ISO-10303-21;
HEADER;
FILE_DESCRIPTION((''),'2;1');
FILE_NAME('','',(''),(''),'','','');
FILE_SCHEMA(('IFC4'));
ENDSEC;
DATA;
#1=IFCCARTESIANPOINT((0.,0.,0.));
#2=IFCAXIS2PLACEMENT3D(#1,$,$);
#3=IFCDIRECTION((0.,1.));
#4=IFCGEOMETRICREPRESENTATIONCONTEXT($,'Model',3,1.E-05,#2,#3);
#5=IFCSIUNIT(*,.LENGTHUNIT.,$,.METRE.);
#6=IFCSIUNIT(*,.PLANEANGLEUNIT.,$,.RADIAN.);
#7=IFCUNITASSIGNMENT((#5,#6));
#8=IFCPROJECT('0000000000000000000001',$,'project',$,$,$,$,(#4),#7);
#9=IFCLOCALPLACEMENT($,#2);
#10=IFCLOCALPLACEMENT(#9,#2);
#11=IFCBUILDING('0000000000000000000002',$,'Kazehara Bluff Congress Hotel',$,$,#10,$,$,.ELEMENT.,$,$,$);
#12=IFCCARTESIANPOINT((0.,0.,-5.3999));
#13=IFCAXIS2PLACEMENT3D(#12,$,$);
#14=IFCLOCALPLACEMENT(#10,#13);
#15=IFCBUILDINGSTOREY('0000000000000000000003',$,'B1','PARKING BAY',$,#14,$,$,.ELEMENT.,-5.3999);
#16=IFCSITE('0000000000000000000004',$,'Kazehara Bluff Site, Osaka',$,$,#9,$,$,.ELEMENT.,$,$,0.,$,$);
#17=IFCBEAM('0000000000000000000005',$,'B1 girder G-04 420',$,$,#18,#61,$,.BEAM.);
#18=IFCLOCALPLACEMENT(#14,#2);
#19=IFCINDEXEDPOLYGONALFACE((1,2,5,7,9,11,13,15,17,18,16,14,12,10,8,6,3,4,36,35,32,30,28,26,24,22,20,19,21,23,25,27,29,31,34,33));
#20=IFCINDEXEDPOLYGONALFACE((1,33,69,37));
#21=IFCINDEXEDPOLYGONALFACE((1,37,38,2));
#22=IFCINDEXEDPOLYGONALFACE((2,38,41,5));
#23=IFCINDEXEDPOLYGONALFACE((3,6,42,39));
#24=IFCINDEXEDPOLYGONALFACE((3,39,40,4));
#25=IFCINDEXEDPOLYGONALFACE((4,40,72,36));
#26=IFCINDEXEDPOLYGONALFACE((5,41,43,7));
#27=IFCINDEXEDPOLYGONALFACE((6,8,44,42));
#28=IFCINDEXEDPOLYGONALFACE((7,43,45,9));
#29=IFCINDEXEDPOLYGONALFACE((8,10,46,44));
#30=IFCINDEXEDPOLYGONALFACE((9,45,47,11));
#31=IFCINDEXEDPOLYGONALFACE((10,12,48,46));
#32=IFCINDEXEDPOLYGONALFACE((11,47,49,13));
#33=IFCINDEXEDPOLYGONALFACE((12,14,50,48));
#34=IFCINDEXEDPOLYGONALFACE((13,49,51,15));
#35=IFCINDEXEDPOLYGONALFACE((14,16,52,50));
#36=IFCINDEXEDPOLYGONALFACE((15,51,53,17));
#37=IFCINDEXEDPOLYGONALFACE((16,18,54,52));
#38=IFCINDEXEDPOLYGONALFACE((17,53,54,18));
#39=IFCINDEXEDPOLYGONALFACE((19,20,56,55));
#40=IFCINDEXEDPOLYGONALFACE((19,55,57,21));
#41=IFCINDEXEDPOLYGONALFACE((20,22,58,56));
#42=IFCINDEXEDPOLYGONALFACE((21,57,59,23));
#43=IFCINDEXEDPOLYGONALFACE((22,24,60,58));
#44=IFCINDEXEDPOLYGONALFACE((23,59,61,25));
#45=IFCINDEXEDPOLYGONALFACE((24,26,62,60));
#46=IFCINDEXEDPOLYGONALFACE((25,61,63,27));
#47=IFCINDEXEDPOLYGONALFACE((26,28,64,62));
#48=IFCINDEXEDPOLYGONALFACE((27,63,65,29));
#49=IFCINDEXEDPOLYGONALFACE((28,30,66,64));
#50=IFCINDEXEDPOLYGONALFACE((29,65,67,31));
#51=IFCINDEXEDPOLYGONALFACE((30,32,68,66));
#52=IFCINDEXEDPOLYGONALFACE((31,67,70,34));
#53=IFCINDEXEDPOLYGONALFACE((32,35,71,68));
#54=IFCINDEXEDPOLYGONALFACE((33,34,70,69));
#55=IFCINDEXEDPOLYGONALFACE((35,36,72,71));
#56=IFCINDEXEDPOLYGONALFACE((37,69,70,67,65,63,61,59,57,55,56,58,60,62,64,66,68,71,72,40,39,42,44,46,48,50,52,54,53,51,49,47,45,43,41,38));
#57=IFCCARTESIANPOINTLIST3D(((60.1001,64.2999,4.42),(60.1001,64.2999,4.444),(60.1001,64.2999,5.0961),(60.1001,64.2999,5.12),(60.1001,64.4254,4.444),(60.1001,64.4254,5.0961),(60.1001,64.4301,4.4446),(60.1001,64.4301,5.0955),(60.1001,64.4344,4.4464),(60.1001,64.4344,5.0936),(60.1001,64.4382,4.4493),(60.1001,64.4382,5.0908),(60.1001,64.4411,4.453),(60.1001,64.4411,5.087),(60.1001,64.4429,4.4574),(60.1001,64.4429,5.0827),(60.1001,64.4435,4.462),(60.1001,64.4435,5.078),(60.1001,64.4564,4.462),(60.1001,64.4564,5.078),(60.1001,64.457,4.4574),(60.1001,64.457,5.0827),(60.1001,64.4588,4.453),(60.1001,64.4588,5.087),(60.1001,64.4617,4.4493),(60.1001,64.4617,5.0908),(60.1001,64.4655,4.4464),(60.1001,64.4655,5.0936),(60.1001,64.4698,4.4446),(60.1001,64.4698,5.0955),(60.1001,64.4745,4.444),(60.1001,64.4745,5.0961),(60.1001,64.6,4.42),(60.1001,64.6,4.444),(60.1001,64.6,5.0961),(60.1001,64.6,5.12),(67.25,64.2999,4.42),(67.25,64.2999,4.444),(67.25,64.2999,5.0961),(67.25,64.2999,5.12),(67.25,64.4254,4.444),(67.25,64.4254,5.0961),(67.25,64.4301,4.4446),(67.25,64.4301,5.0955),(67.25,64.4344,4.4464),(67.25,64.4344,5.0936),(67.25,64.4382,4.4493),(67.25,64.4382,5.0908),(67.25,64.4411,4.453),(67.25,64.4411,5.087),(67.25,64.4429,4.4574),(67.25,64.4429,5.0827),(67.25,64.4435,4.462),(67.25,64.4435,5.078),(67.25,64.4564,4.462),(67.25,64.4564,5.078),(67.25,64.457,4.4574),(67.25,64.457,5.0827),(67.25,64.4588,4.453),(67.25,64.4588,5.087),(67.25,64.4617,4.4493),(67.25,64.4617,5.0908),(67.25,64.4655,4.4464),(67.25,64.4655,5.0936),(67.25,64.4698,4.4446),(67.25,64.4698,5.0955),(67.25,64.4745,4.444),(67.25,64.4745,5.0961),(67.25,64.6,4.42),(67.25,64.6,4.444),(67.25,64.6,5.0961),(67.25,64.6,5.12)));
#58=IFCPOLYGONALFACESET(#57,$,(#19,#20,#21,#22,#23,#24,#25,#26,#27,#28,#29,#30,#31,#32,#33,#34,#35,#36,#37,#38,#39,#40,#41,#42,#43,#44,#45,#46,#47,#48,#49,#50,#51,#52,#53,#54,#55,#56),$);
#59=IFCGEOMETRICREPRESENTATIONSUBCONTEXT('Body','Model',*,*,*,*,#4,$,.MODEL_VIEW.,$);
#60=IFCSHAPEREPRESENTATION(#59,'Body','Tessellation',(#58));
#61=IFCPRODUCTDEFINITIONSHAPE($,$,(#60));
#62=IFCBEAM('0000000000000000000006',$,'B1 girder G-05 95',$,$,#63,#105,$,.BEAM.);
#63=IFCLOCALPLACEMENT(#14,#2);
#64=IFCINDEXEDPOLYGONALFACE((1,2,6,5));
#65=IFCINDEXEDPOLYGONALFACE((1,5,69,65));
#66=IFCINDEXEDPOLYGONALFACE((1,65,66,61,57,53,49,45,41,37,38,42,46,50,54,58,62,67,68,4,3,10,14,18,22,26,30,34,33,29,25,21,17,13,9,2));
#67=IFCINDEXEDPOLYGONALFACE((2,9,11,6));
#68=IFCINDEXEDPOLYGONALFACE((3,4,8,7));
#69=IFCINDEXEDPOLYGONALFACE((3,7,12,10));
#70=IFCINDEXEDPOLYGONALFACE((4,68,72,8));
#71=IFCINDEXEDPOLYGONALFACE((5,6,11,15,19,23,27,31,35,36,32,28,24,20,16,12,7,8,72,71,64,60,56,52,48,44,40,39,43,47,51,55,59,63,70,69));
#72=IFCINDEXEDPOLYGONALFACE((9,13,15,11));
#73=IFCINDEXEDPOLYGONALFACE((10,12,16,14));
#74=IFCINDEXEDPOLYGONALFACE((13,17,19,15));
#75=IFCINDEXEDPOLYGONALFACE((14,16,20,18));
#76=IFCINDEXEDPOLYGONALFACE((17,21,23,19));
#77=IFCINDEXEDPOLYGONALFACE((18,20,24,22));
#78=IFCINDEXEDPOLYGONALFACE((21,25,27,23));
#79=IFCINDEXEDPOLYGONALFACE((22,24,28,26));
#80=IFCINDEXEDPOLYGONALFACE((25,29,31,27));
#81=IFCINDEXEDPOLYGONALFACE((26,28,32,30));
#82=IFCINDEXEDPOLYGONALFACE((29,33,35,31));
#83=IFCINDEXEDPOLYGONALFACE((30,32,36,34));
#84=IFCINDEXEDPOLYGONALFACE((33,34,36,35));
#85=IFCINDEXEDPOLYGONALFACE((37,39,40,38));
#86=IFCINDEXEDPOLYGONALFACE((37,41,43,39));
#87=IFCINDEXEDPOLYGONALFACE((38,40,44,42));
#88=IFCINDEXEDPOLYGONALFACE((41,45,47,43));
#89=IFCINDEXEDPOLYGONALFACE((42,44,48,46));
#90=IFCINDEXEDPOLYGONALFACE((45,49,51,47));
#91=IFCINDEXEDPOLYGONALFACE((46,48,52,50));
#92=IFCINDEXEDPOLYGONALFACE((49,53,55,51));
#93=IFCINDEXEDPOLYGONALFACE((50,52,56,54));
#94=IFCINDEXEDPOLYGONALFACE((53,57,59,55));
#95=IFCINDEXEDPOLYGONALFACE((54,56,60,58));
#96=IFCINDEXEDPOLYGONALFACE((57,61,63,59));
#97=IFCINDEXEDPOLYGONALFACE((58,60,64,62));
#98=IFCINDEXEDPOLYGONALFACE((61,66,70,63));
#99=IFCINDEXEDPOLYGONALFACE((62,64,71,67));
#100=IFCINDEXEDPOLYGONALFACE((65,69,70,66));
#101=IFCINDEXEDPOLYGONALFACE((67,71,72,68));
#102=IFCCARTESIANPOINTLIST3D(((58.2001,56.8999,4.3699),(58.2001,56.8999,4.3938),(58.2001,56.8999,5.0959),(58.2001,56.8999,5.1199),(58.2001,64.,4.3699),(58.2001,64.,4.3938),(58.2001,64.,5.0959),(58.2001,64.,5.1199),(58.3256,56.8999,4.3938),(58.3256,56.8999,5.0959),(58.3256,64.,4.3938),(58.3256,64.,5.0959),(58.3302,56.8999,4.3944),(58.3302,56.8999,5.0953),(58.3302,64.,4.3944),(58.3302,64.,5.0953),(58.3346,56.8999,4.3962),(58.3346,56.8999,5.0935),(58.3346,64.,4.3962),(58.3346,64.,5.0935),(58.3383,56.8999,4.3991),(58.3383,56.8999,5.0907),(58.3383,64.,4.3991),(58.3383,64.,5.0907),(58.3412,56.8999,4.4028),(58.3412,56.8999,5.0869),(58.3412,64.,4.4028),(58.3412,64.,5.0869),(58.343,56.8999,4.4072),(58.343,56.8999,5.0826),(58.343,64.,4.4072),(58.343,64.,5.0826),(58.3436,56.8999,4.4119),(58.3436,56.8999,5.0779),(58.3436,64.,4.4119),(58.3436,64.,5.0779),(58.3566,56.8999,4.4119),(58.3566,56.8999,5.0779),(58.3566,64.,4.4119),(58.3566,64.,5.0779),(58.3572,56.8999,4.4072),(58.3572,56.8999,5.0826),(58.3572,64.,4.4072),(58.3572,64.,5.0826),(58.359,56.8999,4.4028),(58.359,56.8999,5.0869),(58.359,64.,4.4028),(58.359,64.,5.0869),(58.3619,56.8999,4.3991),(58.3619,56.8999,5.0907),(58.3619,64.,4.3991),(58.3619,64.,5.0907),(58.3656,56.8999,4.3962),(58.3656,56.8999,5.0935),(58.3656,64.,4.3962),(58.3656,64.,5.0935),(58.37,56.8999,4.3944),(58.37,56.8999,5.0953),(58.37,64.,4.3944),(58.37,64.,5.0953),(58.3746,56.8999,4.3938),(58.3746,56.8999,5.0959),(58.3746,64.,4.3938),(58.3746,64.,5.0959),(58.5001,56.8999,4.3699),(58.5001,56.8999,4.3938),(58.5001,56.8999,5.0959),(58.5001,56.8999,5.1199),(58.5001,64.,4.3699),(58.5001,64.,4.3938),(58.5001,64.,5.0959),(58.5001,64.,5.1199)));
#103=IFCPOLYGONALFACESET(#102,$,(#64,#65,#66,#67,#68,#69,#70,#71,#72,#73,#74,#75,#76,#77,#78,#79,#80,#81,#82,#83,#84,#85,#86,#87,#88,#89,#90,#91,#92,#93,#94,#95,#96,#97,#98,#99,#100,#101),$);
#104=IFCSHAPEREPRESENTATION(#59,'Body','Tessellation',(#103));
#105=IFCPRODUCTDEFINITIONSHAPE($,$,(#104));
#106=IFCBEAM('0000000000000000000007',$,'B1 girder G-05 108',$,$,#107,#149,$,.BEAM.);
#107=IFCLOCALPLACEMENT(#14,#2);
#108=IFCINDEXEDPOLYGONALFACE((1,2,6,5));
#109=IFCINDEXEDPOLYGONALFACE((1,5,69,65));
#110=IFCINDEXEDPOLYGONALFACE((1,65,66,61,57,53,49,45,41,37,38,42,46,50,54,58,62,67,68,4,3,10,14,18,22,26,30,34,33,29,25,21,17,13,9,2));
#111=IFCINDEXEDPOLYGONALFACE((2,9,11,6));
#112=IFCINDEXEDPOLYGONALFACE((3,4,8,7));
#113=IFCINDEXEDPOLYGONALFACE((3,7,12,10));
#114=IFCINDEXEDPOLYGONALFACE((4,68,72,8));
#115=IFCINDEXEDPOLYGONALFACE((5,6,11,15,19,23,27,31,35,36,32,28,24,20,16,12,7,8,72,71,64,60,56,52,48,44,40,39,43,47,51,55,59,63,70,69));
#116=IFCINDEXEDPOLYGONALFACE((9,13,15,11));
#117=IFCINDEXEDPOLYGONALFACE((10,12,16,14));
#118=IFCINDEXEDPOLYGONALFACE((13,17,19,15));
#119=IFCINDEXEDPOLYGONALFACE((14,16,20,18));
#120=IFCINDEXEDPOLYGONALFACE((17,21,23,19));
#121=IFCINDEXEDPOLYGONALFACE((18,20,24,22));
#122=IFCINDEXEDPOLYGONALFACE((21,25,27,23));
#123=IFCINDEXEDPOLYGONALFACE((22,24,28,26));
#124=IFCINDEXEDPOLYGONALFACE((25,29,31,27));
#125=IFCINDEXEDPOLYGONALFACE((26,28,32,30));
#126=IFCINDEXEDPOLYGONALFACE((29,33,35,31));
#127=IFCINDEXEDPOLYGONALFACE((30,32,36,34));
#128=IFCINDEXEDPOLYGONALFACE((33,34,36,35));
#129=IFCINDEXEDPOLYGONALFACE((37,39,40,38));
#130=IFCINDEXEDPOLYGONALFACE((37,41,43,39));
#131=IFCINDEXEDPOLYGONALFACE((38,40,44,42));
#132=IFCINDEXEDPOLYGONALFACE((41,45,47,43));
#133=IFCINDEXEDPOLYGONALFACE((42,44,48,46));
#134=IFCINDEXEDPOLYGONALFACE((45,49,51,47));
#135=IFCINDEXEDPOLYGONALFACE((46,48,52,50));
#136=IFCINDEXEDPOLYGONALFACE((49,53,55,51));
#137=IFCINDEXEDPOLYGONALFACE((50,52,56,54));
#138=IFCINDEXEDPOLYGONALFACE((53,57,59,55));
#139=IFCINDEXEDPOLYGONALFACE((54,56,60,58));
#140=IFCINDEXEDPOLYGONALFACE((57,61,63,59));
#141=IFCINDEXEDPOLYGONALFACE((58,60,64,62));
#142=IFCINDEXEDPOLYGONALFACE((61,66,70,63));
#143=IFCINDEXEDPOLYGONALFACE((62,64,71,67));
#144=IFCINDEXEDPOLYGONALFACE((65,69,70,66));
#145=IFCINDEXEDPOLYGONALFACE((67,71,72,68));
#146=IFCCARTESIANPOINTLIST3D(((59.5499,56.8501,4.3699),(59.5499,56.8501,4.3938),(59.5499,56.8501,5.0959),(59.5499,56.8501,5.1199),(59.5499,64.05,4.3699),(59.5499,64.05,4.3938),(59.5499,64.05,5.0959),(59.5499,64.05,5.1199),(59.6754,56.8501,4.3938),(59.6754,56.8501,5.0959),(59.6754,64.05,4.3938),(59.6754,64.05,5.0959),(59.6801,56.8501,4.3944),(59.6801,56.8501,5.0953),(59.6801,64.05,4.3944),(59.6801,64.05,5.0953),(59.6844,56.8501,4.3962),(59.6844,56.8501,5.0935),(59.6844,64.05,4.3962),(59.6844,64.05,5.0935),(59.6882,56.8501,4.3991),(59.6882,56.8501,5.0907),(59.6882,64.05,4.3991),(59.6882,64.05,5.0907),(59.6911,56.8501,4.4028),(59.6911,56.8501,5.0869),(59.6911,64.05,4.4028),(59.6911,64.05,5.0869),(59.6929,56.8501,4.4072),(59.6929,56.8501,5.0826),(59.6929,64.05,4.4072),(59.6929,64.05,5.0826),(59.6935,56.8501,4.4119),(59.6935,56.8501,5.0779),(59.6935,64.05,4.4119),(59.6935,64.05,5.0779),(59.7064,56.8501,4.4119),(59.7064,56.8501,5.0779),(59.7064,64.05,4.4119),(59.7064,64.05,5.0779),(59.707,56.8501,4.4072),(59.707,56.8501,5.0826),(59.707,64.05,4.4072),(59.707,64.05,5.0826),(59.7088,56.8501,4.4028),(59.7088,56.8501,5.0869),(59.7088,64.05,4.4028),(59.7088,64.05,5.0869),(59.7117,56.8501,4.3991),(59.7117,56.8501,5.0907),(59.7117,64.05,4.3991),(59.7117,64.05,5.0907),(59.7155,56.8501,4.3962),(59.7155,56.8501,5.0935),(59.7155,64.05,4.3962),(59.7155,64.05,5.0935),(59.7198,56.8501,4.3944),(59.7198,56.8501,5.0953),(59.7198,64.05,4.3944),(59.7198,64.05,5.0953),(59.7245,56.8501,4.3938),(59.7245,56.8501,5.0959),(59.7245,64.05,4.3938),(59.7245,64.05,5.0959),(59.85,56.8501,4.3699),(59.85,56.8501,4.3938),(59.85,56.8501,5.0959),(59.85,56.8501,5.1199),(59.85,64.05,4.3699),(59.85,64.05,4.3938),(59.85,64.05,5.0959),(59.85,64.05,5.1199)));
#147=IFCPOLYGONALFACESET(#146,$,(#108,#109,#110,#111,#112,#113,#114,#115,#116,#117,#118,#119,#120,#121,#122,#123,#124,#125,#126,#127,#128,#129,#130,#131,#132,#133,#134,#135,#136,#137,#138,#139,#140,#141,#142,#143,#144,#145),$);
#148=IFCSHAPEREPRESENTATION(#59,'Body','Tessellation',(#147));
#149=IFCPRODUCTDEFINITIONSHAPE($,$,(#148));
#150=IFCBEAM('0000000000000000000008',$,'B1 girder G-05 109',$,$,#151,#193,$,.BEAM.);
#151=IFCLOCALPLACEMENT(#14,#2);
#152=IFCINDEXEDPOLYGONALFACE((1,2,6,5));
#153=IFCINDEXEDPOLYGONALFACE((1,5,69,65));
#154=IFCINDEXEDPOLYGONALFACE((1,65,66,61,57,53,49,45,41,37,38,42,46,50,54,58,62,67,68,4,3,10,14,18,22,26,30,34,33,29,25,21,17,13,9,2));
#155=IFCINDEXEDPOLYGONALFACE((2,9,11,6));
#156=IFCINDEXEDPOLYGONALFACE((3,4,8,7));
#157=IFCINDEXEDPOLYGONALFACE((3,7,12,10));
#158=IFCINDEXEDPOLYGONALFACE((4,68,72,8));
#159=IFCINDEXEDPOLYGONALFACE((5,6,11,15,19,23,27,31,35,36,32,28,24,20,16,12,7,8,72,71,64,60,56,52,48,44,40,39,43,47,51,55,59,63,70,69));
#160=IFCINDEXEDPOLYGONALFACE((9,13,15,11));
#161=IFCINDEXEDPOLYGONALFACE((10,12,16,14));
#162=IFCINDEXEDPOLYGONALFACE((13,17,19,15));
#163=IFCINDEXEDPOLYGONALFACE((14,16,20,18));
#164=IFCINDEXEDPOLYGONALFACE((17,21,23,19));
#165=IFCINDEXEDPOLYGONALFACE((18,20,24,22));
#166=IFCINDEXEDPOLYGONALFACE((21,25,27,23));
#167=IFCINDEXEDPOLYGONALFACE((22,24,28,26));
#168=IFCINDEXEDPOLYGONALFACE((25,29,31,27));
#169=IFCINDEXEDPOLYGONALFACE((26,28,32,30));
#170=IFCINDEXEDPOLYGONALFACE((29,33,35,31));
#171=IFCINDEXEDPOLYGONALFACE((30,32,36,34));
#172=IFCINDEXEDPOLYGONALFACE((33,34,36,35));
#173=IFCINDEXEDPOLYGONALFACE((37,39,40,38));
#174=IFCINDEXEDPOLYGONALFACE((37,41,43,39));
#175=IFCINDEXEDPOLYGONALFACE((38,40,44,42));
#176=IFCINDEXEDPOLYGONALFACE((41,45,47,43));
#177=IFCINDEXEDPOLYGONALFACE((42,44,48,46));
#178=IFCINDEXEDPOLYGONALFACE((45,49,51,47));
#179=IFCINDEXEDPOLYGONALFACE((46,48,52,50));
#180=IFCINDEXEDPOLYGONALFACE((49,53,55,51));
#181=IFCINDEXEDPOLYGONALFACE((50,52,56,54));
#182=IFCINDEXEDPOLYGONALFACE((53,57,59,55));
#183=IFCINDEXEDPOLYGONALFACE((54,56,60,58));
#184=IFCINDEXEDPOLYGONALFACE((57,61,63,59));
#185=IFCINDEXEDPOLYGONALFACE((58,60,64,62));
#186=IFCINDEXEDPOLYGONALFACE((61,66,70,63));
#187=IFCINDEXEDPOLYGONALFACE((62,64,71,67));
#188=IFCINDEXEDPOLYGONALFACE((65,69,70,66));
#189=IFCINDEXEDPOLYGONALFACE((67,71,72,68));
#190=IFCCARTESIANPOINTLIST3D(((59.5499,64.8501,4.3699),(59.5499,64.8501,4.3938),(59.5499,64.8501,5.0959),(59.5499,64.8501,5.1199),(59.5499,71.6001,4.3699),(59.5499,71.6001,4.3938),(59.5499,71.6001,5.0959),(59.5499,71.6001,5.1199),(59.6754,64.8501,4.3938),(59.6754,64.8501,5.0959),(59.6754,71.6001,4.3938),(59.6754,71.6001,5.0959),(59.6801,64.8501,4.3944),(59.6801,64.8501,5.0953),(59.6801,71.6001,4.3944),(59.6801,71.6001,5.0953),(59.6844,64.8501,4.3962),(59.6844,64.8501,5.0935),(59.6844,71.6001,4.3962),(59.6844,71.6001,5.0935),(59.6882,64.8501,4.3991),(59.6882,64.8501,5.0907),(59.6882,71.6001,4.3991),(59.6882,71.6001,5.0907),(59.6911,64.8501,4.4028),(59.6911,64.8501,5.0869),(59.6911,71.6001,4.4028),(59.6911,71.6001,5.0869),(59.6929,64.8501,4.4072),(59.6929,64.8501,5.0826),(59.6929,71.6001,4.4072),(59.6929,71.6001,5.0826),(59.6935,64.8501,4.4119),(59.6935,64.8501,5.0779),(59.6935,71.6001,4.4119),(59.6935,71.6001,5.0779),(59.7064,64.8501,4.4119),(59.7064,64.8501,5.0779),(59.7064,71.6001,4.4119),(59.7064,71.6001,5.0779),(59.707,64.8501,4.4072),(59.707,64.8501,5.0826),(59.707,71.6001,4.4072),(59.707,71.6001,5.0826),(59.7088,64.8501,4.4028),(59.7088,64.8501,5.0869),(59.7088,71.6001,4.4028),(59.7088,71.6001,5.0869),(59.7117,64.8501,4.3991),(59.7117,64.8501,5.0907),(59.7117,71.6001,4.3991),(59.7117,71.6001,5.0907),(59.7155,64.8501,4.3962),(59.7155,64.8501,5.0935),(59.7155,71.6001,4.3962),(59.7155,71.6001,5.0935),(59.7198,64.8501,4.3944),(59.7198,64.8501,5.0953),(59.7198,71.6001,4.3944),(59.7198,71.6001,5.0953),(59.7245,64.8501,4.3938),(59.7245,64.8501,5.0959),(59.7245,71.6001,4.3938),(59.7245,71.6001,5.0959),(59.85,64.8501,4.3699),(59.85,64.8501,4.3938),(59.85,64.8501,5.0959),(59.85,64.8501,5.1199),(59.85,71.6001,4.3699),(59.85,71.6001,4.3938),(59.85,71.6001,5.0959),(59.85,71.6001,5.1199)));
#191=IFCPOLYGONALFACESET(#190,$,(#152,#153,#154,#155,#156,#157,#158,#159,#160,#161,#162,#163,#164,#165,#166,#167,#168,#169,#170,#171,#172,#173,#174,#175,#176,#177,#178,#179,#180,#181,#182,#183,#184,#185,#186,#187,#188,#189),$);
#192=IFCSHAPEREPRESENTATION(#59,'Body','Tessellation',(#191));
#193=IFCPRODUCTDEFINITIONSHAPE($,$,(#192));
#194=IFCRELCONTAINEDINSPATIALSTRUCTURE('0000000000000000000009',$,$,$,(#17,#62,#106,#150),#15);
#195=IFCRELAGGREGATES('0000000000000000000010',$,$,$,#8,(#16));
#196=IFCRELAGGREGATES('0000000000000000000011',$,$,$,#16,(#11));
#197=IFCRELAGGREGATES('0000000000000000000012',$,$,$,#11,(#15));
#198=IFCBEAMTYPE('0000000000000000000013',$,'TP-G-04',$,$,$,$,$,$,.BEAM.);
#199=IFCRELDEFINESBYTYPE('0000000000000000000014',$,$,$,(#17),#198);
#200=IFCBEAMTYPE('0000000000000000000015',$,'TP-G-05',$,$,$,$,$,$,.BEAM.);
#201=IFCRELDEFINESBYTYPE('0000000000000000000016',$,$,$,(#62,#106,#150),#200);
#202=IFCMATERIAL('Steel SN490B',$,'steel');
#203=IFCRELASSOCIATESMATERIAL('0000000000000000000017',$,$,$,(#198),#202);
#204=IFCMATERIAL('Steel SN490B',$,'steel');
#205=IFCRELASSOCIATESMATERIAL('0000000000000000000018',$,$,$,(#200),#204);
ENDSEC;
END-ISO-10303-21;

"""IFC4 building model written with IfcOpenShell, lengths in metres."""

from ifc_helpers import new_model, si_unit, direction, frame, origin, origin_2d, place, context, subcontext, project, spatial, i_section, extrude, material, material_profile, profile_set, type_object, element, save


model = new_model("IFC4")

# Units and contexts
model_context = context("Model", 3, precision=1e-05, world=origin(), true_north=direction((0.0, 1.0)))
body_context = subcontext(model_context, "Body", "Model", "MODEL_VIEW")
ifc_project = project(units=[si_unit("LENGTHUNIT", "METRE"), si_unit("PLANEANGLEUNIT", "RADIAN")], contexts=[model_context])

# Site, building, storey
site_placement = place(None, origin())
site = spatial("IfcSite", under=ifc_project, at=site_placement, Name="Kazehara Bluff Site, Osaka", CompositionType="ELEMENT", RefElevation=0.0)
building_placement = place(site_placement, origin())
building = spatial("IfcBuilding", under=site, at=building_placement, Name="Kazehara Bluff Congress Hotel", CompositionType="ELEMENT")
storey_placement = place(building_placement, frame((0.0, 0.0, -5.3999)))
storey = spatial("IfcBuildingStorey", under=building, at=storey_placement, Name="B1", Description="PARKING BAY", CompositionType="ELEMENT", Elevation=-5.3999)

# Beams
ifc_material_1 = material(Name="Steel SN490B", Category="steel")
ifc_material_profile_1 = material_profile(ifc_material_1, i_section(OverallWidth=0.3, OverallDepth=0.7, WebThickness=0.0129, FlangeThickness=0.0239, FilletRadius=0.0181, at=origin_2d()))
ifc_profile_set_1 = profile_set([ifc_material_profile_1], Name="Steel SN490B")
beam_type_1 = type_object("IfcBeamType", Name="TP-G-04", PredefinedType="BEAM", material=ifc_profile_set_1)
for number, where, z_axis, x_axis, name in (
    (1, (60.1001, 64.45, 4.77), (1.0, 0.0, 0.0), (0.0, 1.0, 0.0), "B1 girder G-04 420"),
):
    element("IfcBeam", number, at=place(storey_placement, frame(where, z_axis=z_axis, x_axis=x_axis)), inside=storey, type_object=beam_type_1, Name=name, PredefinedType="BEAM", context=body_context, shape_type="SweptSolid", body=[
        extrude(i_section(OverallWidth=0.3, OverallDepth=0.7, WebThickness=0.0129, FlangeThickness=0.0239, FilletRadius=0.0181, at=origin_2d()), origin(), (0.0, 0.0, 1.0), 7.1499),
    ])
ifc_material_2 = material(Name="Steel SN490B", Category="steel")
ifc_material_profile_2 = material_profile(ifc_material_2, i_section(OverallWidth=0.3, OverallDepth=0.75, WebThickness=0.0129, FlangeThickness=0.0239, FilletRadius=0.0181, at=origin_2d()))
ifc_profile_set_2 = profile_set([ifc_material_profile_2], Name="Steel SN490B")
beam_type_2 = type_object("IfcBeamType", Name="TP-G-05", PredefinedType="BEAM", material=ifc_profile_set_2)
beam_1_placement = place(storey_placement, frame((58.3501, 56.8999, 4.7449), z_axis=(0.0, 1.0, 0.0), x_axis=(-1.0, 0.0, 0.0)))
element("IfcBeam", 2, at=beam_1_placement, inside=storey, type_object=beam_type_2, Name="B1 girder G-05 95", PredefinedType="BEAM", context=body_context, shape_type="SweptSolid", body=[
    extrude(i_section(OverallWidth=0.3, OverallDepth=0.75, WebThickness=0.0129, FlangeThickness=0.0239, FilletRadius=0.0181, at=origin_2d()), origin(), (0.0, 0.0, 1.0), 7.1001),
])
beam_2_placement = place(storey_placement, frame((59.7, 56.8501, 4.7449), z_axis=(0.0, 1.0, 0.0), x_axis=(-1.0, 0.0, 0.0)))
element("IfcBeam", 3, at=beam_2_placement, inside=storey, type_object=beam_type_2, Name="B1 girder G-05 108", PredefinedType="BEAM", context=body_context, shape_type="SweptSolid", body=[
    extrude(i_section(OverallWidth=0.3, OverallDepth=0.75, WebThickness=0.0129, FlangeThickness=0.0239, FilletRadius=0.0181, at=origin_2d()), origin(), (0.0, 0.0, 1.0), 7.2),
])
beam_3_placement = place(storey_placement, frame((59.7, 64.8501, 4.7449), z_axis=(0.0, 1.0, 0.0), x_axis=(-1.0, 0.0, 0.0)))
element("IfcBeam", 4, at=beam_3_placement, inside=storey, type_object=beam_type_2, Name="B1 girder G-05 109", PredefinedType="BEAM", context=body_context, shape_type="SweptSolid", body=[
    extrude(i_section(OverallWidth=0.3, OverallDepth=0.75, WebThickness=0.0129, FlangeThickness=0.0239, FilletRadius=0.0181, at=origin_2d()), origin(), (0.0, 0.0, 1.0), 6.75),
])

save(model, "model.ifc")
